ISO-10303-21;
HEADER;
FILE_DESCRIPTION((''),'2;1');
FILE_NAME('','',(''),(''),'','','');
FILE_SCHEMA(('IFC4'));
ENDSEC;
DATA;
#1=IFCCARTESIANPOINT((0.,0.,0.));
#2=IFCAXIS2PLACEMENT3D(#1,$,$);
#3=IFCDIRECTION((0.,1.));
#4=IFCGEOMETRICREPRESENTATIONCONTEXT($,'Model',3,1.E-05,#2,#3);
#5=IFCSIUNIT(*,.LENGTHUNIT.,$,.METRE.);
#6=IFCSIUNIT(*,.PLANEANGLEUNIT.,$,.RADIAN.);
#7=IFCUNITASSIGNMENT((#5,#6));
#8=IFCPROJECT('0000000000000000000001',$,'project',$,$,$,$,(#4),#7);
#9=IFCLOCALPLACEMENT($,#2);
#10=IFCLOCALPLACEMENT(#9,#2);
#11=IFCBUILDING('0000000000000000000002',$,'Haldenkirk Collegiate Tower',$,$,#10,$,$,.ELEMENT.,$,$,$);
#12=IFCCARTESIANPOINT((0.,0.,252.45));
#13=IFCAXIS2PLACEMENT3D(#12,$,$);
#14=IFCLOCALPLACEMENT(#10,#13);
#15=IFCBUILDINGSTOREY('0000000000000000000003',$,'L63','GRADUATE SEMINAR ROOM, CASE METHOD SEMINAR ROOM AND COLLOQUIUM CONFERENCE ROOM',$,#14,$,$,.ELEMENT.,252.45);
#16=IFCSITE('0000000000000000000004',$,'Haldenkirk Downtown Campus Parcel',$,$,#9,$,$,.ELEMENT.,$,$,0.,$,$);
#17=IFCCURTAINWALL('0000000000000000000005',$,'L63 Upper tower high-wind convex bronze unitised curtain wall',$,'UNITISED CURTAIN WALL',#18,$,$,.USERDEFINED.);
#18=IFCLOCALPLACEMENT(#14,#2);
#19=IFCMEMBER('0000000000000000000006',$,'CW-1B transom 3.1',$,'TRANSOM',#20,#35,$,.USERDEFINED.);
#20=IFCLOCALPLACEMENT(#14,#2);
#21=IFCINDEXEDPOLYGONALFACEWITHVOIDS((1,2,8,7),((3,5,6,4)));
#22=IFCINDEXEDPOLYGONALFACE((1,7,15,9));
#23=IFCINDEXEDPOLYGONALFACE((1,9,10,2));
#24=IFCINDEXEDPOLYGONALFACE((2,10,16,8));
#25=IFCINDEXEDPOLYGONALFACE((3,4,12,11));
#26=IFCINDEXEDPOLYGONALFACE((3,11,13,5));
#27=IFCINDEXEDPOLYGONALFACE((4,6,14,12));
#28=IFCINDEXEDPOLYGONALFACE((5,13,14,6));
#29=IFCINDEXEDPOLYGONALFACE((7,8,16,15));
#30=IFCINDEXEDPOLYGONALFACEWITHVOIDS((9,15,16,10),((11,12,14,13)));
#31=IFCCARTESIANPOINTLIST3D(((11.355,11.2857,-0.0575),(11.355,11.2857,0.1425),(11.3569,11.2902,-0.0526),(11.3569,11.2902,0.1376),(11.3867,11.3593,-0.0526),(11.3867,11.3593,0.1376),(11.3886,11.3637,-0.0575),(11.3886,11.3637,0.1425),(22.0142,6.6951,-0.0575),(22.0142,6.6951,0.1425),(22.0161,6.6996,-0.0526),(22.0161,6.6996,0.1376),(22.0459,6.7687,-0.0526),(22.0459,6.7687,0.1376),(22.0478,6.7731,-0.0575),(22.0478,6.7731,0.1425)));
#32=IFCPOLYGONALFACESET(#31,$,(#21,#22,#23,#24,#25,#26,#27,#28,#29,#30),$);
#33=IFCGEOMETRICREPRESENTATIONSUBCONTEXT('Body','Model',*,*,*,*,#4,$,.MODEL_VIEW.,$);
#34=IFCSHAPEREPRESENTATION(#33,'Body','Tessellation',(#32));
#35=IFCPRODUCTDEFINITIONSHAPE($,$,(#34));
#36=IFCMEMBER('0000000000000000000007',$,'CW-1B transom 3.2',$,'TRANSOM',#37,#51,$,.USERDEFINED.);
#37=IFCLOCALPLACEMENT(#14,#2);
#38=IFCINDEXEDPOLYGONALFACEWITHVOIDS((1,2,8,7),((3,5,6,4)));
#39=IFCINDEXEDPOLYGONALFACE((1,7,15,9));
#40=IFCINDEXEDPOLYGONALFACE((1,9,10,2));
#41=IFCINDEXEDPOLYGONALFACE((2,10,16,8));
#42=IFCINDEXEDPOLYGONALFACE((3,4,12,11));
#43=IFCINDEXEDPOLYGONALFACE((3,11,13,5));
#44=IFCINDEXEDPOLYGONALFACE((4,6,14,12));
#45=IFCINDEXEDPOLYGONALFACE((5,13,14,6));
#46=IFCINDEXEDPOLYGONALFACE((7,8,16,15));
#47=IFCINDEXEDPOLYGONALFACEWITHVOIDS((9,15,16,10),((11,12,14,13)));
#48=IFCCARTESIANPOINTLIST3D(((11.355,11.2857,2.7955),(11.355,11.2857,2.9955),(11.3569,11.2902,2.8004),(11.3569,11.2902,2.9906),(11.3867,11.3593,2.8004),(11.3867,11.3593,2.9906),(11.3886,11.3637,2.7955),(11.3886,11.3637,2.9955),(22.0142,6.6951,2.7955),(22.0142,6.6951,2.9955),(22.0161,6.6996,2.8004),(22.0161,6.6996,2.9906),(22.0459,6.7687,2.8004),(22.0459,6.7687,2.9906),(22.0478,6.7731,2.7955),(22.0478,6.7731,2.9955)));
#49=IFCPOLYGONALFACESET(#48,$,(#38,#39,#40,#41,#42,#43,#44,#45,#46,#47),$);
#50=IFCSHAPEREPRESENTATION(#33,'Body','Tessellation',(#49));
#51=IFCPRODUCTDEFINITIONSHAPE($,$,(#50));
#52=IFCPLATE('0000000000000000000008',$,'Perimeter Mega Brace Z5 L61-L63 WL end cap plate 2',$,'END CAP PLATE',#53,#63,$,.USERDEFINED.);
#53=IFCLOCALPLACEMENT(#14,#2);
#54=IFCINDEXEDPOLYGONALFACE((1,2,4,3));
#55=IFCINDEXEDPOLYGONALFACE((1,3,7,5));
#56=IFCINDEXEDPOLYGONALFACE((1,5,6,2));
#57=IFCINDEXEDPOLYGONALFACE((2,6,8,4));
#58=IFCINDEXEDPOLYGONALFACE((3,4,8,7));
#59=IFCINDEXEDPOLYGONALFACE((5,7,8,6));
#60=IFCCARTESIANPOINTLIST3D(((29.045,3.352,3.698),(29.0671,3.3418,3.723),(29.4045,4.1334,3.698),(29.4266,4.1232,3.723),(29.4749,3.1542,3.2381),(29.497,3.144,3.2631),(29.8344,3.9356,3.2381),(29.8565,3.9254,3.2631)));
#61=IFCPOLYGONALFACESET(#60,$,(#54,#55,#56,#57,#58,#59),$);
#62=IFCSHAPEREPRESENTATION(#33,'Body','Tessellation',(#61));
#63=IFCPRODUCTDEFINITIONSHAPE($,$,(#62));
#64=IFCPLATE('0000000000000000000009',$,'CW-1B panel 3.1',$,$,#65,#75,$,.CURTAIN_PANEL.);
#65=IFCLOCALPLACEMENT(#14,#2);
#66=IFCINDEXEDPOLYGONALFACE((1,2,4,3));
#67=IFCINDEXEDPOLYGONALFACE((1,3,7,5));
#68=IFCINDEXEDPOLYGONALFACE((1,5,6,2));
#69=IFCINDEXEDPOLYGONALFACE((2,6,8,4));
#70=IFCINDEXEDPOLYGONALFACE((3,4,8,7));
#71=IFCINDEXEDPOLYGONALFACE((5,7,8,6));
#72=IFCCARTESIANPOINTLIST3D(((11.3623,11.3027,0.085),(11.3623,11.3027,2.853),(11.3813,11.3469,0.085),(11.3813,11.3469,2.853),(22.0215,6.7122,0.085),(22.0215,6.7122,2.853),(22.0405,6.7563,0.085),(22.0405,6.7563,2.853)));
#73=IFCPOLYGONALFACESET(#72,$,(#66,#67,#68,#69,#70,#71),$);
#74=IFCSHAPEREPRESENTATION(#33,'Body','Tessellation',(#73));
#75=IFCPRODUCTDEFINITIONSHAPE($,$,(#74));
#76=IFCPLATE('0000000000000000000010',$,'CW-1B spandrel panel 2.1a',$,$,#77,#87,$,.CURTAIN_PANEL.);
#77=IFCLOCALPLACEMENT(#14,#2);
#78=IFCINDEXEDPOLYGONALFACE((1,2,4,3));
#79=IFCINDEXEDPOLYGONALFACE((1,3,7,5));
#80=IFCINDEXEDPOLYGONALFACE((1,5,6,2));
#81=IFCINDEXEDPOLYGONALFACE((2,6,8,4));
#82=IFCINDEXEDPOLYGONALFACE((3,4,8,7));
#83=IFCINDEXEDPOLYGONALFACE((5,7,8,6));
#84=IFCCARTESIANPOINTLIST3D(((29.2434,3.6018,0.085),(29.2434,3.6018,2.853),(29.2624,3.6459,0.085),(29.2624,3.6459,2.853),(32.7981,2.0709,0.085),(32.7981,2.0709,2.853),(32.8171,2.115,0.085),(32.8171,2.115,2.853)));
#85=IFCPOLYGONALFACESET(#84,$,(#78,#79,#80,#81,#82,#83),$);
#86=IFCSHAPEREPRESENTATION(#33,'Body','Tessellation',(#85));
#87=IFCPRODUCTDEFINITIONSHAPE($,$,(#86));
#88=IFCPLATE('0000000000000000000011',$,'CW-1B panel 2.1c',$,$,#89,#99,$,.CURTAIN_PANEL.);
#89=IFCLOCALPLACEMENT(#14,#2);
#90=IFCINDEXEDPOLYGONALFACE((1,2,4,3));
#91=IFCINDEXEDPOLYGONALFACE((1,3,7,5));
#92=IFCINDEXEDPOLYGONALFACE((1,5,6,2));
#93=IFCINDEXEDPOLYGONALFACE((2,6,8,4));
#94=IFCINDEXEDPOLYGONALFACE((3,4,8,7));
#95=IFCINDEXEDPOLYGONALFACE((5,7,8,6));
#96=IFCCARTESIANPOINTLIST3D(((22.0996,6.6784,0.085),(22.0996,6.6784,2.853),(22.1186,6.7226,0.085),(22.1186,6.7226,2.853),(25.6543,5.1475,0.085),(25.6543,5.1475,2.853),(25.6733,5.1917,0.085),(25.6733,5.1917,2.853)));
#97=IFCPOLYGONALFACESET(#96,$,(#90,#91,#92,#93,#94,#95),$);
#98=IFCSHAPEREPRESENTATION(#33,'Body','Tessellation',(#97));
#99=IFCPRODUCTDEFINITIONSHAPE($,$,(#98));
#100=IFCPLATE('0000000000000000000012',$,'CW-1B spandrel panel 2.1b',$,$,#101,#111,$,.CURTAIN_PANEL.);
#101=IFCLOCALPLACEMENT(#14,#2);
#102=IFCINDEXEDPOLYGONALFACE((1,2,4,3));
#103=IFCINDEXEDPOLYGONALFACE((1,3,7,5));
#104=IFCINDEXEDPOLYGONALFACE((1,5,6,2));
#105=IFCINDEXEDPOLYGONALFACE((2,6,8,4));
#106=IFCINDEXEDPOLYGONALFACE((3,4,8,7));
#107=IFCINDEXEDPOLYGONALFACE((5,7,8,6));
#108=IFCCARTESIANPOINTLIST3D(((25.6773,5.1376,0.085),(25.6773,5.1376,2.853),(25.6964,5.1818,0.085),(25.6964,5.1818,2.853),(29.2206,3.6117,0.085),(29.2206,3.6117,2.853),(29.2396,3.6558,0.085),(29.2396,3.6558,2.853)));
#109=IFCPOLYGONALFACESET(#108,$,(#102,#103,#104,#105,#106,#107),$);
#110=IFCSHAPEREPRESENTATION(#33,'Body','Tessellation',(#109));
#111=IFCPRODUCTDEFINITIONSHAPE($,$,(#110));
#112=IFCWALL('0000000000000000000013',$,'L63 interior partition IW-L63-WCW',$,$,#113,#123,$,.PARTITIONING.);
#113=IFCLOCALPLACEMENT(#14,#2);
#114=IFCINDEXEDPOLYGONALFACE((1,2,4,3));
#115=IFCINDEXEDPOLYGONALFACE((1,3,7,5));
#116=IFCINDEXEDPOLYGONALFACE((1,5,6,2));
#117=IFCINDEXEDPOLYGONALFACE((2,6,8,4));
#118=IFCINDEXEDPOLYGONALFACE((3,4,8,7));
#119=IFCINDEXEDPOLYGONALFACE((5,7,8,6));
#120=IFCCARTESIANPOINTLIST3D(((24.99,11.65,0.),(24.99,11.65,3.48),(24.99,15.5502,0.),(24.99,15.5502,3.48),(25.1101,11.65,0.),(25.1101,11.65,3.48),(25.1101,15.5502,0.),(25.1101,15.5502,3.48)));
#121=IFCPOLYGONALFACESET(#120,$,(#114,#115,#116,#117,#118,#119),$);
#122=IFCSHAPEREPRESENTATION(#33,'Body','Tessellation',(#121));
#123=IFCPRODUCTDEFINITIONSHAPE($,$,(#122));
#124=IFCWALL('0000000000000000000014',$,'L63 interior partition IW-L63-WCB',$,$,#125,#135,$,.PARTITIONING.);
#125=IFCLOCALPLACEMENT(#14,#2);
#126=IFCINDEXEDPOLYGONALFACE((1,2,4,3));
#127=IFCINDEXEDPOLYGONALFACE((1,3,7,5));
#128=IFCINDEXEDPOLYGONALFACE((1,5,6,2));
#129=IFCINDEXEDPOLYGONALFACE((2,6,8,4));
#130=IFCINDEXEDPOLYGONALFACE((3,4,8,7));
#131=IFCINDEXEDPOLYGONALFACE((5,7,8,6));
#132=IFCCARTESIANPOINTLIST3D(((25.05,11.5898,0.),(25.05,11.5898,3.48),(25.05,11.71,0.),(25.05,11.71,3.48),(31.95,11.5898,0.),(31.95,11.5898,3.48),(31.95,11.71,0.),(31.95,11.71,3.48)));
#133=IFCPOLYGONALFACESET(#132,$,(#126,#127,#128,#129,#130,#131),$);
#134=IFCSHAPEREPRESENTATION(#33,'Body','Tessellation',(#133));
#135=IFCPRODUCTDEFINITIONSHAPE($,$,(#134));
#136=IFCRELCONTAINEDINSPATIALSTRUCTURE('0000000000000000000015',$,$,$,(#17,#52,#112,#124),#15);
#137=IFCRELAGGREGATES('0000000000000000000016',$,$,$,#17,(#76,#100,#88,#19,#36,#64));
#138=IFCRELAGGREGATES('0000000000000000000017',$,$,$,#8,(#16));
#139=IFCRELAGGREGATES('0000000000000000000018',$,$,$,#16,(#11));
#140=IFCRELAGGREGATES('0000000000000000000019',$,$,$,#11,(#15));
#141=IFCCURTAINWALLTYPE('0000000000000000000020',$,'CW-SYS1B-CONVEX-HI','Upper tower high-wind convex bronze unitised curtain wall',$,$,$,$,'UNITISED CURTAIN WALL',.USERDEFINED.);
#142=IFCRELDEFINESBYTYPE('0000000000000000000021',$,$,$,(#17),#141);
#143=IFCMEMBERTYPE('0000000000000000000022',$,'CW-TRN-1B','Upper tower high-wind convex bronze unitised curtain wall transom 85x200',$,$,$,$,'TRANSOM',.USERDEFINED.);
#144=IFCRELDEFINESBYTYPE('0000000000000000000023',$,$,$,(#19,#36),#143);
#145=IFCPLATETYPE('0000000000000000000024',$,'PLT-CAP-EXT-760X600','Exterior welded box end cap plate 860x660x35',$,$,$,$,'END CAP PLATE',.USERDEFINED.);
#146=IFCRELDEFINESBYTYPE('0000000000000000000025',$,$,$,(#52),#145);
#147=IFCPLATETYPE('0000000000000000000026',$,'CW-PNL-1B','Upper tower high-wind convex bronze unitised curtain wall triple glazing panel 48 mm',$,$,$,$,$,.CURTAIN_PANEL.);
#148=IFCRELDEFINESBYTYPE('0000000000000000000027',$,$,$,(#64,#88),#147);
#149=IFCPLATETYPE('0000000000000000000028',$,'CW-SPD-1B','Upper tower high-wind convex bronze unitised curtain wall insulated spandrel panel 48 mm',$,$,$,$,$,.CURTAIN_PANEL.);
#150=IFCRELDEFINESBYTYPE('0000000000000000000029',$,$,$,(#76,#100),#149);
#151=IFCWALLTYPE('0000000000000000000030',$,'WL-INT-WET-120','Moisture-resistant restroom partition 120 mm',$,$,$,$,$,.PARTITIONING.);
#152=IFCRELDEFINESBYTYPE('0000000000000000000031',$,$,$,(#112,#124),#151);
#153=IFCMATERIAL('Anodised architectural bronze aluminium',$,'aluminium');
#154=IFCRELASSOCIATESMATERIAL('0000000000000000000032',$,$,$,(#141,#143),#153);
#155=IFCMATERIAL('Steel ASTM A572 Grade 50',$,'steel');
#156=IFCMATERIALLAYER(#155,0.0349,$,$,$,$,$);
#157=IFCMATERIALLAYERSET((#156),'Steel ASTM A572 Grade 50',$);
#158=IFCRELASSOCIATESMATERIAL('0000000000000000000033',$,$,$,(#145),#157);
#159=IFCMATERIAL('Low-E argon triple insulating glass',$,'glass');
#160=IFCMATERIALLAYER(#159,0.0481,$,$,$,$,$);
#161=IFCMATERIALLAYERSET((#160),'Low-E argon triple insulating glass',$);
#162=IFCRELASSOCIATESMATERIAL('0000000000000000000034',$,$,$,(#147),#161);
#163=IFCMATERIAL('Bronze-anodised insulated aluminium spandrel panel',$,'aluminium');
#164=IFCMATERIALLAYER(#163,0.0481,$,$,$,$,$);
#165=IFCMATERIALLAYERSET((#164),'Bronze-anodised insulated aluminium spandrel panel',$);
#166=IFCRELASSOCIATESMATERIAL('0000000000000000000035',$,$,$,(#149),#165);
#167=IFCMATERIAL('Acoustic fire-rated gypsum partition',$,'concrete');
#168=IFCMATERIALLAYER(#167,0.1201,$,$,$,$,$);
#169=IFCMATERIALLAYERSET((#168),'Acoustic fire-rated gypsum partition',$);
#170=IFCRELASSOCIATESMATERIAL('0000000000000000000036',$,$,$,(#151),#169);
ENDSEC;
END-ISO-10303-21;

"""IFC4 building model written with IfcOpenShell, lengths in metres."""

from ifc_helpers import new_model, si_unit, direction, frame, frame_2d, origin, origin_2d, place, context, subcontext, project, spatial, rectangle, hollow_rectangle, extrude, source, transform, mapped, material, layer, layer_set, material_profile, profile_set, type_object, element, aggregate, save


model = new_model("IFC4")

# Units and contexts
model_context = context("Model", 3, precision=1e-05, world=origin(), true_north=direction((0.0, 1.0)))
body_context = subcontext(model_context, "Body", "Model", "MODEL_VIEW")
ifc_project = project(units=[si_unit("LENGTHUNIT", "METRE"), si_unit("PLANEANGLEUNIT", "RADIAN")], contexts=[model_context])

# Site, building, storey
site_placement = place(None, origin())
site = spatial("IfcSite", under=ifc_project, at=site_placement, Name="Haldenkirk Downtown Campus Parcel", CompositionType="ELEMENT", RefElevation=0.0)
building_placement = place(site_placement, origin())
building = spatial("IfcBuilding", under=site, at=building_placement, Name="Haldenkirk Collegiate Tower", CompositionType="ELEMENT")
storey_placement = place(building_placement, frame((0.0, 0.0, 252.45)))
storey = spatial("IfcBuildingStorey", under=building, at=storey_placement, Name="L63", Description="GRADUATE SEMINAR ROOM, CASE METHOD SEMINAR ROOM AND COLLOQUIUM CONFERENCE ROOM", CompositionType="ELEMENT", Elevation=252.45)

# Curtain wall, members
ifc_material_1 = material(Name="Anodised architectural bronze aluminium", Category="aluminium")
curtain_wall_type = type_object("IfcCurtainWallType", Name="CW-SYS1B-CONVEX-HI", Description="Upper tower high-wind convex bronze unitised curtain wall", ElementType="UNITISED CURTAIN WALL", PredefinedType="USERDEFINED", material=ifc_material_1)
curtain_wall_placement = place(storey_placement, origin())
curtain_wall = element("IfcCurtainWall", 1, at=curtain_wall_placement, inside=storey, type_object=curtain_wall_type, Name="L63 Upper tower high-wind convex bronze unitised curtain wall", ObjectType="UNITISED CURTAIN WALL", PredefinedType="USERDEFINED")
ifc_material_profile_1 = material_profile(ifc_material_1, hollow_rectangle(XDim=0.085, YDim=0.2, WallThickness=0.0049, at=origin_2d()), Name="CW-TRN-1B")
ifc_profile_set_1 = profile_set([ifc_material_profile_1], Name="Anodised architectural bronze aluminium")
member_type_1 = type_object("IfcMemberType", Name="CW-TRN-1B", Description="Upper tower high-wind convex bronze unitised curtain wall transom 85x200", ElementType="TRANSOM", PredefinedType="USERDEFINED", material=ifc_profile_set_1)
member_1_placement = place(storey_placement, frame((22.031, 6.7341, 0.0425), z_axis=(-0.918446, 0.395546, 0.0), x_axis=(-0.395546, -0.918446, 0.0)))
member_1 = element("IfcMember", 2, at=member_1_placement, type_object=member_type_1, Name="CW-1B transom 3.1", ObjectType="TRANSOM", PredefinedType="USERDEFINED", context=body_context, shape_type="SweptSolid", body=[
    extrude(hollow_rectangle(XDim=0.085, YDim=0.2, WallThickness=0.0049, at=origin_2d()), origin(), (0.0, 0.0, 1.0), 11.6057),
])
member_2_placement = place(storey_placement, frame((22.031, 6.7341, 2.8955), z_axis=(-0.918446, 0.395546, 0.0), x_axis=(-0.395546, -0.918446, 0.0)))
member_2 = element("IfcMember", 3, at=member_2_placement, type_object=member_type_1, Name="CW-1B transom 3.2", ObjectType="TRANSOM", PredefinedType="USERDEFINED", context=body_context, shape_type="SweptSolid", body=[
    extrude(hollow_rectangle(XDim=0.085, YDim=0.2, WallThickness=0.0049, at=origin_2d()), origin(), (0.0, 0.0, 1.0), 11.6057),
])

# Plates
ifc_material_2 = material(Name="Steel ASTM A572 Grade 50", Category="steel")
ifc_layer_1 = layer(ifc_material_2, 0.0349)
ifc_layer_set_1 = layer_set([ifc_layer_1], Name="Steel ASTM A572 Grade 50")
plate_type_1 = type_object("IfcPlateType", Name="PLT-CAP-EXT-760X600", Description="Exterior welded box end cap plate 860x660x35", ElementType="END CAP PLATE", PredefinedType="USERDEFINED", material=ifc_layer_set_1)
shared_shape_1 = source(origin(), body_context, "Body", "SweptSolid", [
    extrude(rectangle(XDim=0.8601, YDim=0.6599, at=origin_2d()), origin(), (0.0, 0.0, 1.0), 0.0349),
])
plate_1_placement = place(storey_placement, frame((29.4397, 3.6438, 3.468), z_axis=(0.633145, -0.291307, 0.717125), x_axis=(0.417978, 0.908457, -0.000001)))
element("IfcPlate", 4, at=plate_1_placement, inside=storey, type_object=plate_type_1, Name="Perimeter Mega Brace Z5 L61-L63 WL end cap plate 2", ObjectType="END CAP PLATE", PredefinedType="USERDEFINED", context=body_context, shape_type="MappedRepresentation", body=[
    mapped(shared_shape_1, transform((0.0, 0.0, 0.0), x_axis=(1.0, 0.0, 0.0), y_axis=(0.0, 1.0, 0.0), z_axis=(0.0, 0.0, 1.0), scale=1.0)),
])
ifc_material_3 = material(Name="Low-E argon triple insulating glass", Category="glass")
ifc_layer_2 = layer(ifc_material_3, 0.0481)
ifc_layer_set_2 = layer_set([ifc_layer_2], Name="Low-E argon triple insulating glass")
plate_type_2 = type_object("IfcPlateType", Name="CW-PNL-1B", Description="Upper tower high-wind convex bronze unitised curtain wall triple glazing panel 48 mm", PredefinedType="CURTAIN_PANEL", material=ifc_layer_set_2)
shared_shape_2 = source(origin(), body_context, "Body", "SweptSolid", [
    extrude(rectangle(XDim=11.6057, YDim=0.0481, at=origin_2d()), origin(), (0.0, 0.0, 1.0), 2.7681),
])
plate_2_placement = place(storey_placement, frame((16.7014, 9.0295, 0.085), z_axis=(0.0, 0.0, 1.0), x_axis=(-0.918446, 0.395546, 0.0)))
plate_2 = element("IfcPlate", 5, at=plate_2_placement, type_object=plate_type_2, Name="CW-1B panel 3.1", PredefinedType="CURTAIN_PANEL", context=body_context, shape_type="MappedRepresentation", body=[
    mapped(shared_shape_2, transform((0.0, 0.0, 0.0), x_axis=(1.0, 0.0, 0.0), y_axis=(0.0, 1.0, 0.0), z_axis=(0.0, 0.0, 1.0), scale=1.0)),
])
ifc_material_4 = material(Name="Bronze-anodised insulated aluminium spandrel panel", Category="aluminium")
ifc_layer_3 = layer(ifc_material_4, 0.0481)
ifc_layer_set_3 = layer_set([ifc_layer_3], Name="Bronze-anodised insulated aluminium spandrel panel")
plate_type_3 = type_object("IfcPlateType", Name="CW-SPD-1B", Description="Upper tower high-wind convex bronze unitised curtain wall insulated spandrel panel 48 mm", PredefinedType="CURTAIN_PANEL", material=ifc_layer_set_3)
shared_shape_3 = source(origin(), body_context, "Body", "SweptSolid", [
    extrude(rectangle(XDim=3.8704, YDim=0.0481, at=origin_2d()), origin(), (0.0, 0.0, 1.0), 2.7681),
])
plate_3_placement = place(storey_placement, frame((31.0303, 2.8584, 0.085), z_axis=(0.0, 0.0, 1.0), x_axis=(-0.918446, 0.395546, 0.0)))
plate_3 = element("IfcPlate", 6, at=plate_3_placement, type_object=plate_type_3, Name="CW-1B spandrel panel 2.1a", PredefinedType="CURTAIN_PANEL", context=body_context, shape_type="MappedRepresentation", body=[
    mapped(shared_shape_3, transform((0.0, 0.0, 0.0), x_axis=(1.0, 0.0, 0.0), y_axis=(0.0, 1.0, 0.0), z_axis=(0.0, 0.0, 1.0), scale=1.0)),
])
plate_4_placement = place(storey_placement, frame((23.8865, 5.9351, 0.085), z_axis=(0.0, 0.0, 1.0), x_axis=(-0.918446, 0.395546, 0.0)))
plate_4 = element("IfcPlate", 7, at=plate_4_placement, type_object=plate_type_2, Name="CW-1B panel 2.1c", PredefinedType="CURTAIN_PANEL", context=body_context, shape_type="MappedRepresentation", body=[
    mapped(shared_shape_3, transform((0.0, 0.0, 0.0), x_axis=(1.0, 0.0, 0.0), y_axis=(0.0, 1.0, 0.0), z_axis=(0.0, 0.0, 1.0), scale=1.0)),
])
shared_shape_4 = source(origin(), body_context, "Body", "SweptSolid", [
    extrude(rectangle(XDim=3.8579, YDim=0.0481, at=origin_2d()), origin(), (0.0, 0.0, 1.0), 2.7681),
])
plate_5_placement = place(storey_placement, frame((27.4585, 4.3967, 0.085), z_axis=(0.0, 0.0, 1.0), x_axis=(-0.918446, 0.395546, 0.0)))
plate_5 = element("IfcPlate", 8, at=plate_5_placement, type_object=plate_type_3, Name="CW-1B spandrel panel 2.1b", PredefinedType="CURTAIN_PANEL", context=body_context, shape_type="MappedRepresentation", body=[
    mapped(shared_shape_4, transform((0.0, 0.0, 0.0), x_axis=(1.0, 0.0, 0.0), y_axis=(0.0, 1.0, 0.0), z_axis=(0.0, 0.0, 1.0), scale=1.0)),
])
aggregate(curtain_wall, [plate_3, plate_5, plate_4, member_1, member_2, plate_2])

# Walls
ifc_material_5 = material(Name="Acoustic fire-rated gypsum partition", Category="concrete")
ifc_layer_4 = layer(ifc_material_5, 0.1201)
ifc_layer_set_4 = layer_set([ifc_layer_4], Name="Acoustic fire-rated gypsum partition")
wall_type = type_object("IfcWallType", Name="WL-INT-WET-120", Description="Moisture-resistant restroom partition 120 mm", PredefinedType="PARTITIONING", material=ifc_layer_set_4)
wall_1_placement = place(storey_placement, frame((25.05, 11.6499, 0.0), z_axis=(0.0, 0.0, 1.0), x_axis=(0.0, 1.0, 0.0)))
element("IfcWall", 9, at=wall_1_placement, inside=storey, type_object=wall_type, Name="L63 interior partition IW-L63-WCW", PredefinedType="PARTITIONING", context=body_context, shape_type="SweptSolid", body=[
    extrude(rectangle(XDim=3.9001, YDim=0.1201, at=frame_2d((1.9502, 0.0))), origin(), (0.0, 0.0, 1.0), 3.48),
])
wall_2_placement = place(storey_placement, frame((25.05, 11.6499, 0.0), z_axis=(0.0, 0.0, 1.0), x_axis=(1.0, 0.0, 0.0)))
element("IfcWall", 10, at=wall_2_placement, inside=storey, type_object=wall_type, Name="L63 interior partition IW-L63-WCB", PredefinedType="PARTITIONING", context=body_context, shape_type="SweptSolid", body=[
    extrude(rectangle(XDim=6.8999, YDim=0.1201, at=frame_2d((3.45, 0.0))), origin(), (0.0, 0.0, 1.0), 3.48),
])

save(model, "model.ifc")
